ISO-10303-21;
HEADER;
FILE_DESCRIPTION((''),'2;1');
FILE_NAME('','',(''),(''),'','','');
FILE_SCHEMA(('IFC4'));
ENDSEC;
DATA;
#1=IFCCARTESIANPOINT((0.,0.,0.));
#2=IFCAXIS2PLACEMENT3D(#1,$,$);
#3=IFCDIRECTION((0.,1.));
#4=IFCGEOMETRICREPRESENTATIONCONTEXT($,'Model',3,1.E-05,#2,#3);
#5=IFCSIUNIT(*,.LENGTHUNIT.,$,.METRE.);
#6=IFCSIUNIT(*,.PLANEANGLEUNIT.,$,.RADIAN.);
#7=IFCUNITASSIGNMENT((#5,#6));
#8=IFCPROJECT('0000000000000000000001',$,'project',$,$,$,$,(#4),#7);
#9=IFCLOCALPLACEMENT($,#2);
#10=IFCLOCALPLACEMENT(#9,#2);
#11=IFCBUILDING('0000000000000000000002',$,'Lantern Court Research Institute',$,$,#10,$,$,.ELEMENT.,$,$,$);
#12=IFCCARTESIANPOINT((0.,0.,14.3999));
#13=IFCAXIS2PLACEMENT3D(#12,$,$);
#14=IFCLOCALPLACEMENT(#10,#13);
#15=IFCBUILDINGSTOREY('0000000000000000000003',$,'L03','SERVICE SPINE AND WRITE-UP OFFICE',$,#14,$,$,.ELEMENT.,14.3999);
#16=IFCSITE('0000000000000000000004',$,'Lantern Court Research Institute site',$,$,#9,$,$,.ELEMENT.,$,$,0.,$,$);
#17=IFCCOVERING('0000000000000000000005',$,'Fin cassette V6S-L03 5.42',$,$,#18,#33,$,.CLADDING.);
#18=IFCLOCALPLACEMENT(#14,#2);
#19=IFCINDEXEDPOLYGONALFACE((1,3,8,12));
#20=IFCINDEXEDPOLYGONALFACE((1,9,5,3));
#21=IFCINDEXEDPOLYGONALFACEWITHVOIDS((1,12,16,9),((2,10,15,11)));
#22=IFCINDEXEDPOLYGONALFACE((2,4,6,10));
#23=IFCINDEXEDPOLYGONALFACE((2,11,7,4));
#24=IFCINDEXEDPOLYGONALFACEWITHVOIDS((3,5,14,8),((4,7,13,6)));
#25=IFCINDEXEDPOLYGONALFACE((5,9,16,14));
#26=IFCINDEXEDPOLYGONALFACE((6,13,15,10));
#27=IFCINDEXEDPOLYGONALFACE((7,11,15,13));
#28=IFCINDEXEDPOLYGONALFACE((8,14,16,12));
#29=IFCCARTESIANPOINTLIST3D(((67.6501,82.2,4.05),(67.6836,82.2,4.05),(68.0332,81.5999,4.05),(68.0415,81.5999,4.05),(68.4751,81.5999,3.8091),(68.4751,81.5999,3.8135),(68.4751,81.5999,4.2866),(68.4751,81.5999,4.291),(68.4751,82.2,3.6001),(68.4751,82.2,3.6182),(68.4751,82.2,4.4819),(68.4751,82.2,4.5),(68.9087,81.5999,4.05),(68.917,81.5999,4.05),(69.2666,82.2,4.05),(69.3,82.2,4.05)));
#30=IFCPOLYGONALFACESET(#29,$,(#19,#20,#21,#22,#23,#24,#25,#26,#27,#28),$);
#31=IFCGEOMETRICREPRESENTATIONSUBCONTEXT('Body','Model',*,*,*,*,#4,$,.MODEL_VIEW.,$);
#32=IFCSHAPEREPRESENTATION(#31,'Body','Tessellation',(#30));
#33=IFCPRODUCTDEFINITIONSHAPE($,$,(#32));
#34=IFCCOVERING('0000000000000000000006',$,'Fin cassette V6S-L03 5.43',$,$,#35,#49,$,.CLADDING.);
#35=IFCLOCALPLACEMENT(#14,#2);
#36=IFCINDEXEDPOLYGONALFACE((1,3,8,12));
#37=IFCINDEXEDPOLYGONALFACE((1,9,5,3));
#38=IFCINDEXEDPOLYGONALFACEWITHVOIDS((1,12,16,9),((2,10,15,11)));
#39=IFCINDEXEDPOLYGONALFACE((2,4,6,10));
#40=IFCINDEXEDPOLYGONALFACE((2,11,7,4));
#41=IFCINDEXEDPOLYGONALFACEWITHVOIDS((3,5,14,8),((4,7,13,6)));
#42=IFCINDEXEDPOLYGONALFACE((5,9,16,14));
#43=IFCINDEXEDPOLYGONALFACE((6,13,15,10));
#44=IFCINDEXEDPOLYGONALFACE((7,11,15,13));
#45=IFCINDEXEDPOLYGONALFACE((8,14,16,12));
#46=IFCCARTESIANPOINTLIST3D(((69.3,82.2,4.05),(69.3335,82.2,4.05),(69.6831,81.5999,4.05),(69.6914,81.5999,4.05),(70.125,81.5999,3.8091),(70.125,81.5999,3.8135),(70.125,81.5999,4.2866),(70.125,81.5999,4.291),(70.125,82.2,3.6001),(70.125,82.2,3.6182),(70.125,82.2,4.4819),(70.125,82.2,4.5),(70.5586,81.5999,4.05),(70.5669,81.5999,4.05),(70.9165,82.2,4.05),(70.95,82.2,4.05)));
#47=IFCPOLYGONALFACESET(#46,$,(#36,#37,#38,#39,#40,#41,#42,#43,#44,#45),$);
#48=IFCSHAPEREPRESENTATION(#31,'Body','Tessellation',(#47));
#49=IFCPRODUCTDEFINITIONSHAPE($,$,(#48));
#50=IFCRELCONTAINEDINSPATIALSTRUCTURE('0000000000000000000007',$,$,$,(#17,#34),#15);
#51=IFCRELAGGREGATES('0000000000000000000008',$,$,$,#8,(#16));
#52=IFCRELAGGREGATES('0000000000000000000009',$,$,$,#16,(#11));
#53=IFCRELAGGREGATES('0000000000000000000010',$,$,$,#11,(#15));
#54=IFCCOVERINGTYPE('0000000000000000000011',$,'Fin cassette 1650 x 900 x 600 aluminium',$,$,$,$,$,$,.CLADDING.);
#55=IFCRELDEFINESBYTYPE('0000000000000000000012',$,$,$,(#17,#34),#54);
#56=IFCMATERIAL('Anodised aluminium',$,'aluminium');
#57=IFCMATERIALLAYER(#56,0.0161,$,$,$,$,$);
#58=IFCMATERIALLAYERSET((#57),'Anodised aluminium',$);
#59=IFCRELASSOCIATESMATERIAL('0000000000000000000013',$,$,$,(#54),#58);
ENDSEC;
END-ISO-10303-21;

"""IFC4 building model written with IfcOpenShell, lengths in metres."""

from ifc_helpers import new_model, entity, si_unit, direction, frame, origin, place, context, subcontext, project, spatial, material, layer, layer_set, type_object, element, save


model = new_model("IFC4")

# Units and contexts
model_context = context("Model", 3, precision=1e-05, world=origin(), true_north=direction((0.0, 1.0)))
body_context = subcontext(model_context, "Body", "Model", "MODEL_VIEW")
ifc_project = project(units=[si_unit("LENGTHUNIT", "METRE"), si_unit("PLANEANGLEUNIT", "RADIAN")], contexts=[model_context])

# Site, building, storey
site_placement = place(None, origin())
site = spatial("IfcSite", under=ifc_project, at=site_placement, Name="Lantern Court Research Institute site", CompositionType="ELEMENT", RefElevation=0.0)
building_placement = place(site_placement, origin())
building = spatial("IfcBuilding", under=site, at=building_placement, Name="Lantern Court Research Institute", CompositionType="ELEMENT")
storey_placement = place(building_placement, frame((0.0, 0.0, 14.3999)))
storey = spatial("IfcBuildingStorey", under=building, at=storey_placement, Name="L03", Description="SERVICE SPINE AND WRITE-UP OFFICE", CompositionType="ELEMENT", Elevation=14.3999)

# Coverings
ifc_material_1 = material(Name="Anodised aluminium", Category="aluminium")
ifc_layer_1 = layer(ifc_material_1, 0.0161)
ifc_layer_set_1 = layer_set([ifc_layer_1], Name="Anodised aluminium")
covering_type_1 = type_object("IfcCoveringType", Name="Fin cassette 1650 x 900 x 600 aluminium", PredefinedType="CLADDING", material=ifc_layer_set_1)
covering_1_placement = place(storey_placement, frame((68.4751, 82.2, 4.05), z_axis=(0.0, -1.0, 0.0), x_axis=(1.0, 0.0, 0.0)))
cartesian_point_1 = entity("IfcCartesianPoint", [0.825, 0.0])
cartesian_point_2 = entity("IfcCartesianPoint", [0.7915, 0.0])
cartesian_point_3 = entity("IfcCartesianPoint", [0.4419, 0.0])
cartesian_point_4 = entity("IfcCartesianPoint", [0.4336, 0.0])
element("IfcCovering", 1, at=covering_1_placement, inside=storey, type_object=covering_type_1, Name="Fin cassette V6S-L03 5.42", PredefinedType="CLADDING", context=body_context, shape_type="SweptSolid", body=[
    entity("IfcExtrudedAreaSolidTapered", entity("IfcArbitraryProfileDefWithVoids", "AREA", None, entity("IfcPolyline", [cartesian_point_1, entity("IfcCartesianPoint", [0.0, 0.45]), entity("IfcCartesianPoint", [-0.825, 0.0]), entity("IfcCartesianPoint", [0.0, -0.45]), cartesian_point_1]), [entity("IfcPolyline", [cartesian_point_2, entity("IfcCartesianPoint", [0.0, 0.4319]), entity("IfcCartesianPoint", [-0.7915, 0.0]), entity("IfcCartesianPoint", [0.0, -0.4319]), cartesian_point_2])]), entity("IfcAxis2Placement3D", entity("IfcCartesianPoint", [0.0, 0.0, 0.0])), entity("IfcDirection", [0.0, 0.0, 1.0]), 0.6001, entity("IfcArbitraryProfileDefWithVoids", "AREA", None, entity("IfcPolyline", [cartesian_point_3, entity("IfcCartesianPoint", [0.0, 0.241]), entity("IfcCartesianPoint", [-0.4419, 0.0]), entity("IfcCartesianPoint", [0.0, -0.241]), cartesian_point_3]), [entity("IfcPolyline", [cartesian_point_4, entity("IfcCartesianPoint", [0.0, 0.2366]), entity("IfcCartesianPoint", [-0.4336, 0.0]), entity("IfcCartesianPoint", [0.0, -0.2366]), cartesian_point_4])])),
])
covering_2_placement = place(storey_placement, frame((70.125, 82.2, 4.05), z_axis=(0.0, -1.0, 0.0), x_axis=(1.0, 0.0, 0.0)))
cartesian_point_5 = entity("IfcCartesianPoint", [0.825, 0.0])
cartesian_point_6 = entity("IfcCartesianPoint", [0.7915, 0.0])
cartesian_point_7 = entity("IfcCartesianPoint", [0.4419, 0.0])
cartesian_point_8 = entity("IfcCartesianPoint", [0.4336, 0.0])
element("IfcCovering", 2, at=covering_2_placement, inside=storey, type_object=covering_type_1, Name="Fin cassette V6S-L03 5.43", PredefinedType="CLADDING", context=body_context, shape_type="SweptSolid", body=[
    entity("IfcExtrudedAreaSolidTapered", entity("IfcArbitraryProfileDefWithVoids", "AREA", None, entity("IfcPolyline", [cartesian_point_5, entity("IfcCartesianPoint", [0.0, 0.45]), entity("IfcCartesianPoint", [-0.825, 0.0]), entity("IfcCartesianPoint", [0.0, -0.45]), cartesian_point_5]), [entity("IfcPolyline", [cartesian_point_6, entity("IfcCartesianPoint", [0.0, 0.4319]), entity("IfcCartesianPoint", [-0.7915, 0.0]), entity("IfcCartesianPoint", [0.0, -0.4319]), cartesian_point_6])]), entity("IfcAxis2Placement3D", entity("IfcCartesianPoint", [0.0, 0.0, 0.0])), entity("IfcDirection", [0.0, 0.0, 1.0]), 0.6001, entity("IfcArbitraryProfileDefWithVoids", "AREA", None, entity("IfcPolyline", [cartesian_point_7, entity("IfcCartesianPoint", [0.0, 0.241]), entity("IfcCartesianPoint", [-0.4419, 0.0]), entity("IfcCartesianPoint", [0.0, -0.241]), cartesian_point_7]), [entity("IfcPolyline", [cartesian_point_8, entity("IfcCartesianPoint", [0.0, 0.2366]), entity("IfcCartesianPoint", [-0.4336, 0.0]), entity("IfcCartesianPoint", [0.0, -0.2366]), cartesian_point_8])])),
])

save(model, "model.ifc")
